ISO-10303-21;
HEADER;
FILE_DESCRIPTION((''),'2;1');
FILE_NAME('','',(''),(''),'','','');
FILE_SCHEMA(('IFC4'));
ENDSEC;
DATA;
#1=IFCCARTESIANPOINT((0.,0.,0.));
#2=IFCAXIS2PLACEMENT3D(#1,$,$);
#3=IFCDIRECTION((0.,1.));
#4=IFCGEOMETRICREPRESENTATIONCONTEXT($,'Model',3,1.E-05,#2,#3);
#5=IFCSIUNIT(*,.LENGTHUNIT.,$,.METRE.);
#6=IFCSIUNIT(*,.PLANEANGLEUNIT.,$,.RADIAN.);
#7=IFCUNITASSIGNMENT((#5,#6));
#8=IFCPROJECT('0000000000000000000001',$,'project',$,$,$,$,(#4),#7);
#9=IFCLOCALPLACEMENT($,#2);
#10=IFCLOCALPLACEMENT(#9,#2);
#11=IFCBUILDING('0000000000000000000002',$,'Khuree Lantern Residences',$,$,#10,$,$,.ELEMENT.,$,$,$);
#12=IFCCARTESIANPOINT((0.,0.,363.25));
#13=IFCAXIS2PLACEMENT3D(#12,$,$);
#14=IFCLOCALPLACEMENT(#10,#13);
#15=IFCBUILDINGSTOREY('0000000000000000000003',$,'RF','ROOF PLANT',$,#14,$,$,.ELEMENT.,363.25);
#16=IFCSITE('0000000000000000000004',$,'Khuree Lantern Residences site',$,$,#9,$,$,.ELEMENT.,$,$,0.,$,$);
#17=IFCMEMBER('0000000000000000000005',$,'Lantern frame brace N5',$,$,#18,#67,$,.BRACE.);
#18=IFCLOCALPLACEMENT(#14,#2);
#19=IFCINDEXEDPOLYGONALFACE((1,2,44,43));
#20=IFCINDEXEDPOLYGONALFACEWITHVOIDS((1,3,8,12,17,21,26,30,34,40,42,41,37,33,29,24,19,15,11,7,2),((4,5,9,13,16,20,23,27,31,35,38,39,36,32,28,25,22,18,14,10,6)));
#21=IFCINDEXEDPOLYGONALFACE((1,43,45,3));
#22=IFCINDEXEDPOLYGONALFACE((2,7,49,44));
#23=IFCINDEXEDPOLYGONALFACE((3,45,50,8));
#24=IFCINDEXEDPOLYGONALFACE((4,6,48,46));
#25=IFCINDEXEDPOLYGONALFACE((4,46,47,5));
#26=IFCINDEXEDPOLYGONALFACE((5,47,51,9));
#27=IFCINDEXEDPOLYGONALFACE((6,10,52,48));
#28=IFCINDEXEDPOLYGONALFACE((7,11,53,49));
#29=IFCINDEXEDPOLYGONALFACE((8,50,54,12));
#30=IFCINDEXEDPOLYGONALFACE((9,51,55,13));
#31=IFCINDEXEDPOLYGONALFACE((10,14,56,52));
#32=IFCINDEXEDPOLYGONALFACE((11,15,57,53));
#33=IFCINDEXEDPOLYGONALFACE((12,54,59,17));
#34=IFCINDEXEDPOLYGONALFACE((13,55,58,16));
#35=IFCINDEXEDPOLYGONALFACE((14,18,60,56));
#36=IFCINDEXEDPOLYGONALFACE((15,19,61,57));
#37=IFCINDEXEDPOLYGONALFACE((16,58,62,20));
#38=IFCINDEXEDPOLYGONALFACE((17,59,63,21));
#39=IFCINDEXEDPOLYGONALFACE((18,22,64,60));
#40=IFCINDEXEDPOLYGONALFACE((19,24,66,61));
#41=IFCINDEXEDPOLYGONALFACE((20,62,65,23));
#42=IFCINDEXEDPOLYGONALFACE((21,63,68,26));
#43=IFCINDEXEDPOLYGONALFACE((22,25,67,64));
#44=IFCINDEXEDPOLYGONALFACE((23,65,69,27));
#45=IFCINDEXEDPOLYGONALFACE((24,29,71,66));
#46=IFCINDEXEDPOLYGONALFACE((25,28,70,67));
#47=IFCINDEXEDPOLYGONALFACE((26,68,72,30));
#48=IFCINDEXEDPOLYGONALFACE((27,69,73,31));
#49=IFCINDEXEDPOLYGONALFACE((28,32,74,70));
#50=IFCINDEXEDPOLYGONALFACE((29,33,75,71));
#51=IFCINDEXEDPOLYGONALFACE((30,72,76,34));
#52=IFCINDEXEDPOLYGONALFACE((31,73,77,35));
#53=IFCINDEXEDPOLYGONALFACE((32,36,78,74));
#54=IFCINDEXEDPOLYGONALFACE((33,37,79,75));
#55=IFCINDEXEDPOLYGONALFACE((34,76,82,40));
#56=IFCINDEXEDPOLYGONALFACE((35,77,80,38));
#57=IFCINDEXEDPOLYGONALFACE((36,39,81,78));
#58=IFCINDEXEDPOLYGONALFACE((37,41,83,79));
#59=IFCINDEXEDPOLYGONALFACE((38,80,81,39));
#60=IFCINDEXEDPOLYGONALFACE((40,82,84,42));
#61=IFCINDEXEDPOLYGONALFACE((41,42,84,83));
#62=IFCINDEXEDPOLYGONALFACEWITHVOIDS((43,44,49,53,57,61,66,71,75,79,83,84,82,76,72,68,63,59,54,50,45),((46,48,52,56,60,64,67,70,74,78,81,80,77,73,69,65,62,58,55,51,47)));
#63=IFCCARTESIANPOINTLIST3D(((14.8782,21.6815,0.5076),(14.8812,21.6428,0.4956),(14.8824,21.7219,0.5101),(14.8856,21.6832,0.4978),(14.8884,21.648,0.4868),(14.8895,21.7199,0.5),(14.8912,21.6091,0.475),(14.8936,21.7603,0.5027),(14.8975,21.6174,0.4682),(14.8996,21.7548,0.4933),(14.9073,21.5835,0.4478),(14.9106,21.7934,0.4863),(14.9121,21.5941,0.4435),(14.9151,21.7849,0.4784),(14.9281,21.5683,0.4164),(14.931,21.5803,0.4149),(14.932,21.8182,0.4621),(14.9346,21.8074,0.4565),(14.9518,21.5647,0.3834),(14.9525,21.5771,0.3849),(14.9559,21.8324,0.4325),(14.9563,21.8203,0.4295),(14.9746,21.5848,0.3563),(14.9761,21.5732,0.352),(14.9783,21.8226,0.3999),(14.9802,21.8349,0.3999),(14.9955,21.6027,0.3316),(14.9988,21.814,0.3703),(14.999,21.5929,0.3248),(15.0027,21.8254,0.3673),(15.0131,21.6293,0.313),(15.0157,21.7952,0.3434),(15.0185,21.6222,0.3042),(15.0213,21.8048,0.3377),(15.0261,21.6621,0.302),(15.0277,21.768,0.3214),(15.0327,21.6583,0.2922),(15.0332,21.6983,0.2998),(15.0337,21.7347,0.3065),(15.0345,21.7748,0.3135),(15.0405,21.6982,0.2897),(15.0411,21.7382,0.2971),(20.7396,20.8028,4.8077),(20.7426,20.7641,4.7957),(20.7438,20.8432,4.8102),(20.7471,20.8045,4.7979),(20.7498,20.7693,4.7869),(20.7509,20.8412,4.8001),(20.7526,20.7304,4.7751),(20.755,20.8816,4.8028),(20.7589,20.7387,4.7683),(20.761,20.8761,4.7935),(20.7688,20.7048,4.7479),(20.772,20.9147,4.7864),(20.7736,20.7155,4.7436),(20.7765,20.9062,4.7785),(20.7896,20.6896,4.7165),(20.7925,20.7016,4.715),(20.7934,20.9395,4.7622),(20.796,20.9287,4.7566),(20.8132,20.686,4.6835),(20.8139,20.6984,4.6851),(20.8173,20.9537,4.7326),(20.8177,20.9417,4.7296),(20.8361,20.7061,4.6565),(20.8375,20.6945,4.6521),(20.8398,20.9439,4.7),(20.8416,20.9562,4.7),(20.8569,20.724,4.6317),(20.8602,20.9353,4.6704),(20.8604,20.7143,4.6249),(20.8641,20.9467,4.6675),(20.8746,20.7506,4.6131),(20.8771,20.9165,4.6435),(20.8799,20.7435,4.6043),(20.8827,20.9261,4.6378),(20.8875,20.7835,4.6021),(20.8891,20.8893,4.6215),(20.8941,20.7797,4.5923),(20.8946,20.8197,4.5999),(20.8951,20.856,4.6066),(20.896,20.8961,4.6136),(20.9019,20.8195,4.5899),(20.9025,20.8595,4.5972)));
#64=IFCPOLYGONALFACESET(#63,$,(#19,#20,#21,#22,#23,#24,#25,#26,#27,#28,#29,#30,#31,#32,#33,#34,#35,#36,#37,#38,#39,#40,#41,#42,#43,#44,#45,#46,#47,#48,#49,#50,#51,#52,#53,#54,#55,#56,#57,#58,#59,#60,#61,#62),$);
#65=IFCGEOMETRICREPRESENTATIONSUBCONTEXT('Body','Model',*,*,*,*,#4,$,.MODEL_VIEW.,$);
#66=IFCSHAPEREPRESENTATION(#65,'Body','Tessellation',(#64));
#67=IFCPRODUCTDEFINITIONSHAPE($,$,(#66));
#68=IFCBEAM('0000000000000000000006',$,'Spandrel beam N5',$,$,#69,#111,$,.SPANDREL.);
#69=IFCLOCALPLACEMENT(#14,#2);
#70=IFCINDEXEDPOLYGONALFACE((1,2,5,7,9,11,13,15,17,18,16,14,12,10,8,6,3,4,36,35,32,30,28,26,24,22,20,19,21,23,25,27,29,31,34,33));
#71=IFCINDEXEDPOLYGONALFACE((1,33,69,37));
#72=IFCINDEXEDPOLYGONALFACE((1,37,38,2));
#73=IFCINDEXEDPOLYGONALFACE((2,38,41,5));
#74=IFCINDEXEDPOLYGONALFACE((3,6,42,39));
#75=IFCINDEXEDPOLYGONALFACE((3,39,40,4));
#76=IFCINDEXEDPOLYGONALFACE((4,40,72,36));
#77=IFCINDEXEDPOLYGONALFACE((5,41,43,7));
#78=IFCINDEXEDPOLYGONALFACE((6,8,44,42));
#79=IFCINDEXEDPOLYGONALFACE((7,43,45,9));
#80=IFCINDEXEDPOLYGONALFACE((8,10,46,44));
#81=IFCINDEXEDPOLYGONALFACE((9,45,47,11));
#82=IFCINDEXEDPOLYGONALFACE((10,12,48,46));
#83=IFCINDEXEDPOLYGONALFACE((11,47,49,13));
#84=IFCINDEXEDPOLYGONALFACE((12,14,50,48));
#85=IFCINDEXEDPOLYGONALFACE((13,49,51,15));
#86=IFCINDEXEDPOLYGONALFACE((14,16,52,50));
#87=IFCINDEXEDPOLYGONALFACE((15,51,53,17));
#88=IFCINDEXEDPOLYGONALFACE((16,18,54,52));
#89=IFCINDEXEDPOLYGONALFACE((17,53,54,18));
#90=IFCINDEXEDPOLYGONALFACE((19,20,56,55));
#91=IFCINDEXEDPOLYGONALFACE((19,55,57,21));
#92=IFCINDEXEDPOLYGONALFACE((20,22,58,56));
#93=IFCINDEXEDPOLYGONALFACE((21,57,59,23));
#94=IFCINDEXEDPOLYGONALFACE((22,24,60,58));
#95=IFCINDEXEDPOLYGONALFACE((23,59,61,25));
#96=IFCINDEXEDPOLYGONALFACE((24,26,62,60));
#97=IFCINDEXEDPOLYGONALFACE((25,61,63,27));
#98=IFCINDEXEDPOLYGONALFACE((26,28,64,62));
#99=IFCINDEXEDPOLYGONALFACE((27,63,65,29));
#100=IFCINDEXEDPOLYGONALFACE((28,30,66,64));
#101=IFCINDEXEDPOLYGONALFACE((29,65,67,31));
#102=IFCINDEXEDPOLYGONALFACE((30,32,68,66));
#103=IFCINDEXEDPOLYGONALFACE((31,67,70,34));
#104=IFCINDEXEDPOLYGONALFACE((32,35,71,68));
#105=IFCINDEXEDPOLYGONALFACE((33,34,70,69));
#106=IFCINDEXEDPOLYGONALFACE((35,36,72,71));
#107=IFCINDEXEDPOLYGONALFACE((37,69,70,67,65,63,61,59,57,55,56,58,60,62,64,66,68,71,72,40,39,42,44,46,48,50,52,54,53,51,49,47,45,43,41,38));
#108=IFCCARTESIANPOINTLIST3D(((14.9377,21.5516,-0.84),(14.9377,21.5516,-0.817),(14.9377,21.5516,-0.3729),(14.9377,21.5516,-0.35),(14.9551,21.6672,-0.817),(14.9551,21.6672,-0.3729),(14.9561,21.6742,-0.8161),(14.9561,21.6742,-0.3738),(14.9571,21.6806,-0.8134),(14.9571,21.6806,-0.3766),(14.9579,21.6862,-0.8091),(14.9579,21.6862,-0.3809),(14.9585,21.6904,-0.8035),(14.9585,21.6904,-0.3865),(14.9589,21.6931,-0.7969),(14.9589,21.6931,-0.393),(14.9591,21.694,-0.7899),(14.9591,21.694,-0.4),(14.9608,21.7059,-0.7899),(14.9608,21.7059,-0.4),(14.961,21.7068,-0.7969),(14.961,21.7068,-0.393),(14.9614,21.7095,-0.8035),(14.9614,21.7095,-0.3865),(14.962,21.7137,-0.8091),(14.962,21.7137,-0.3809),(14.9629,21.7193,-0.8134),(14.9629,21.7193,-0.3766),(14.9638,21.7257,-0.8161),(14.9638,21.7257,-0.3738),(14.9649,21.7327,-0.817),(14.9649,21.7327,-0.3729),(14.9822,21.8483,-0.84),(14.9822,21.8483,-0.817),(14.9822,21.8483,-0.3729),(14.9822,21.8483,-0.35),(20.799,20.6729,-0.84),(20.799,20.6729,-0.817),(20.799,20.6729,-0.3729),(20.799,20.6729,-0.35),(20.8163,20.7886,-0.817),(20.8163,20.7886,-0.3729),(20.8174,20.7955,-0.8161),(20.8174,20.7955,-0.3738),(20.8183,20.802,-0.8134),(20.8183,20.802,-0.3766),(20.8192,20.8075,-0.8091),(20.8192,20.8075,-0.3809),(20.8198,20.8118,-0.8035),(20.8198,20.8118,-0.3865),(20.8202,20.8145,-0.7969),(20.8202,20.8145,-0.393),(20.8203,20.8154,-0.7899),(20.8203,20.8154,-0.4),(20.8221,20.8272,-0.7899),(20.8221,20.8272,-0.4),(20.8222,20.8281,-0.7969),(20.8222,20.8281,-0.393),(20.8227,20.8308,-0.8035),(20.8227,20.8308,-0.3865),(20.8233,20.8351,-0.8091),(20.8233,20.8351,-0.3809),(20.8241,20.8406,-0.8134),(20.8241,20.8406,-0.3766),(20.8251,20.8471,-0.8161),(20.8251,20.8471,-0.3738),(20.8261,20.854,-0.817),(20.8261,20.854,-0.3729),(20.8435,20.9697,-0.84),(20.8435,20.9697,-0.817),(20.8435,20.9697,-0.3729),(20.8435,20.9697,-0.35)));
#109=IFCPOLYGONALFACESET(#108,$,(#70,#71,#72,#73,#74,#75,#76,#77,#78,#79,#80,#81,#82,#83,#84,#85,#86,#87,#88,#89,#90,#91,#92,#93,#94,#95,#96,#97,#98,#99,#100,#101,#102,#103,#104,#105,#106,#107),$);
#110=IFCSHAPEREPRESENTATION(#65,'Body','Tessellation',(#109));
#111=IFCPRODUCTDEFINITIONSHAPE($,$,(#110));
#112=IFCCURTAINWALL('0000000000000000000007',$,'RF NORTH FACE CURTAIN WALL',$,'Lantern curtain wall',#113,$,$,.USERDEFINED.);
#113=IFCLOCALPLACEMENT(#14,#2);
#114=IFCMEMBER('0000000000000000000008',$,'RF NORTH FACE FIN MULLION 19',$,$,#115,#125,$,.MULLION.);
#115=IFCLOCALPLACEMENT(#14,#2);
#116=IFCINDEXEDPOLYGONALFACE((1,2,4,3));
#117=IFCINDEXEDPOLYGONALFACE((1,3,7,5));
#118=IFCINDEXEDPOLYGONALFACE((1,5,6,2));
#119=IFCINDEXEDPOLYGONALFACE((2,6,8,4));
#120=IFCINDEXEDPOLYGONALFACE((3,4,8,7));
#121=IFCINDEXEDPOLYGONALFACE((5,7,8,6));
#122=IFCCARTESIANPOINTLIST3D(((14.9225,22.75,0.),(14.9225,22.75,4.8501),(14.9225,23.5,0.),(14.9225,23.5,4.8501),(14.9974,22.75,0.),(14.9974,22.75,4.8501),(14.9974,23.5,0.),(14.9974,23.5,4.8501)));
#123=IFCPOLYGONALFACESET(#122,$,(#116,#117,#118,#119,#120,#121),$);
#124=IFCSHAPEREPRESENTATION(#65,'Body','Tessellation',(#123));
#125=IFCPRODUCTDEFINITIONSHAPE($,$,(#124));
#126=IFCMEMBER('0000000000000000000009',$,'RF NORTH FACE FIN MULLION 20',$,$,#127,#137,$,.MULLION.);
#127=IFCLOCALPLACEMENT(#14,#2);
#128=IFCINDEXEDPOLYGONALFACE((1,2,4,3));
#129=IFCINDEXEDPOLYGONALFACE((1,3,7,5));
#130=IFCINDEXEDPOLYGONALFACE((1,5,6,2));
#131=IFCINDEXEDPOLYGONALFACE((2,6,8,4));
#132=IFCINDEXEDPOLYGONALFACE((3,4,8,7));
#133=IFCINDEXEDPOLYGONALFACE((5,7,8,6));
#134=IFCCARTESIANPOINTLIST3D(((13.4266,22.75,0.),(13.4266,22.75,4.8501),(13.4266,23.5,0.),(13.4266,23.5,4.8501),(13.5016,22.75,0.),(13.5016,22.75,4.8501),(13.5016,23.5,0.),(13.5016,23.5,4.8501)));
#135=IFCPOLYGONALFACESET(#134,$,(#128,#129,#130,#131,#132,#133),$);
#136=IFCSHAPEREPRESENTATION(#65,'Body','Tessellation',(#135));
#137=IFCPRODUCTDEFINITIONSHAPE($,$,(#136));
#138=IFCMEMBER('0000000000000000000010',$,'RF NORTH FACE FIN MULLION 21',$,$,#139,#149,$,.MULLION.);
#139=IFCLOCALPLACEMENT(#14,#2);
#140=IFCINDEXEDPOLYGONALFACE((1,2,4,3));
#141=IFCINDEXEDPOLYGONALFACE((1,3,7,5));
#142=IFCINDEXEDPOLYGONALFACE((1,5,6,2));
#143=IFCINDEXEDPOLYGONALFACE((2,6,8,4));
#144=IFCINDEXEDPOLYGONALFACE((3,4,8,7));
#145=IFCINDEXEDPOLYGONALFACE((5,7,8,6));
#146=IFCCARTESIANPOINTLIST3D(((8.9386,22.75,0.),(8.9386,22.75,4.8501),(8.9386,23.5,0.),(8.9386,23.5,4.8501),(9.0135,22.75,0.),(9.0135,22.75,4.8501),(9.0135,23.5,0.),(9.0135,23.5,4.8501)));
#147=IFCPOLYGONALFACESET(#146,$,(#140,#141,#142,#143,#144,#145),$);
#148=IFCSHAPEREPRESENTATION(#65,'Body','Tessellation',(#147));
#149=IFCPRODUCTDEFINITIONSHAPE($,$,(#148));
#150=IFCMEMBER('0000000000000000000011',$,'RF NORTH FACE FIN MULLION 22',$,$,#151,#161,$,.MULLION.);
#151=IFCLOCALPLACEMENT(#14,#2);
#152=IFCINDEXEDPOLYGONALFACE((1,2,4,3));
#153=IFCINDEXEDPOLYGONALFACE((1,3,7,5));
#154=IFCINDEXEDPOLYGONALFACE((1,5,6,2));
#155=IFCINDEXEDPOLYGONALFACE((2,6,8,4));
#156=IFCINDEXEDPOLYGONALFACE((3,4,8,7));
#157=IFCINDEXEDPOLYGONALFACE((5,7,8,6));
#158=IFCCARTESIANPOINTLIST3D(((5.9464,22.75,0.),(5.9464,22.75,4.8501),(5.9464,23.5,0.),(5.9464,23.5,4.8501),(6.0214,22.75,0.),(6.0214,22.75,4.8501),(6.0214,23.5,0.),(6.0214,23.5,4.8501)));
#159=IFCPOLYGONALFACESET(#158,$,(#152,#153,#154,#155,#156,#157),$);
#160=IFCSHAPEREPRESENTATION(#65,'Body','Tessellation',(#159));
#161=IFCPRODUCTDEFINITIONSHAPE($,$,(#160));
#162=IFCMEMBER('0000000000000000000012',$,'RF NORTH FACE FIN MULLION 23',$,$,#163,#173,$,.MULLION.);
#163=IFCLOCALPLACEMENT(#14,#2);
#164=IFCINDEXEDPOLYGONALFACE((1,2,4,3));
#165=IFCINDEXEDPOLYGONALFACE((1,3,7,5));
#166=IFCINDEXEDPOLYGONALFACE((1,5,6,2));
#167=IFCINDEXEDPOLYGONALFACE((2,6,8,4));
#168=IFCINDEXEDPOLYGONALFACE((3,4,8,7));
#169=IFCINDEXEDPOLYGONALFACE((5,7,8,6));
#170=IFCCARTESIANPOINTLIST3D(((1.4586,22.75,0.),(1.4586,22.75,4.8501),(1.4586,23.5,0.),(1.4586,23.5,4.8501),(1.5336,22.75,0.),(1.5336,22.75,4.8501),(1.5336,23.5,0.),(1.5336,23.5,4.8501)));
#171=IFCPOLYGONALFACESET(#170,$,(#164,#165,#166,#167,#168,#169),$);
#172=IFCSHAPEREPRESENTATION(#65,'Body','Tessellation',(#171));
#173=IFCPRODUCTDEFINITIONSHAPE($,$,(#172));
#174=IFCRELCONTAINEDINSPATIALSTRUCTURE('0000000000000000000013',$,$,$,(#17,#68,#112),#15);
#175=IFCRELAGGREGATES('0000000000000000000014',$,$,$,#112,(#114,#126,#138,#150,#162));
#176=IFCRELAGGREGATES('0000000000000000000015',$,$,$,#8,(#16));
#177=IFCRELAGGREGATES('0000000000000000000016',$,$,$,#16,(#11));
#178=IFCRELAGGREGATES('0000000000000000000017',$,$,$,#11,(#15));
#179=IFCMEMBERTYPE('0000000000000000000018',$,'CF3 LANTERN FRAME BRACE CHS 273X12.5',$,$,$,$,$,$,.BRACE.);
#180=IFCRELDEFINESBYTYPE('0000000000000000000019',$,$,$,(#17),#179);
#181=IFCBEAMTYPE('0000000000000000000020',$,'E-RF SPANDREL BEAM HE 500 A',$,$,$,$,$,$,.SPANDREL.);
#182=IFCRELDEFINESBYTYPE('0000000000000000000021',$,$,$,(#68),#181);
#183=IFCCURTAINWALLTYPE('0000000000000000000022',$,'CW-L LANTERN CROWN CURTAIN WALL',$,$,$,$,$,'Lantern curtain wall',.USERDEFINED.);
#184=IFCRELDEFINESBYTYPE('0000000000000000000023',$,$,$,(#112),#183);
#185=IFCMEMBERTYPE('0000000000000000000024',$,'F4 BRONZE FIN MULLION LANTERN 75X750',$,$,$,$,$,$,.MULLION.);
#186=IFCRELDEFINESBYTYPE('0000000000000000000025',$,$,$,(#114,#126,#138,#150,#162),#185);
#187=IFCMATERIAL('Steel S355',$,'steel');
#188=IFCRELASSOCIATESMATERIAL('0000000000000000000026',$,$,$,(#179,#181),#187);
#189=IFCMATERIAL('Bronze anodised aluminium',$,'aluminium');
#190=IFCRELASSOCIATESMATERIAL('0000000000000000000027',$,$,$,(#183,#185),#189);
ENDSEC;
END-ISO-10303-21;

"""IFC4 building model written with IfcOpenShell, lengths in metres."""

from ifc_helpers import new_model, si_unit, direction, frame, origin, origin_2d, place, context, subcontext, project, spatial, rectangle, hollow_circle, i_section, extrude, material, material_profile, profile_set, type_object, element, aggregate, save


model = new_model("IFC4")

# Units and contexts
model_context = context("Model", 3, precision=1e-05, world=origin(), true_north=direction((0.0, 1.0)))
body_context = subcontext(model_context, "Body", "Model", "MODEL_VIEW")
ifc_project = project(units=[si_unit("LENGTHUNIT", "METRE"), si_unit("PLANEANGLEUNIT", "RADIAN")], contexts=[model_context])

# Site, building, storey
site_placement = place(None, origin())
site = spatial("IfcSite", under=ifc_project, at=site_placement, Name="Khuree Lantern Residences site", CompositionType="ELEMENT", RefElevation=0.0)
building_placement = place(site_placement, origin())
building = spatial("IfcBuilding", under=site, at=building_placement, Name="Khuree Lantern Residences", CompositionType="ELEMENT")
storey_placement = place(building_placement, frame((0.0, 0.0, 363.25)))
storey = spatial("IfcBuildingStorey", under=building, at=storey_placement, Name="RF", Description="ROOF PLANT", CompositionType="ELEMENT", Elevation=363.25)

# Shared definitions
ifc_material_1 = material(Name="Steel S355", Category="steel")

# Member
ifc_material_profile_1 = material_profile(ifc_material_1, hollow_circle(Radius=0.1365, WallThickness=0.0125, at=origin_2d()), Name="CHS 273X12.5")
ifc_profile_set_1 = profile_set([ifc_material_profile_1], Name="Steel S355")
member_type_1 = type_object("IfcMemberType", Name="CF3 LANTERN FRAME BRACE CHS 273X12.5", PredefinedType="BRACE", material=ifc_profile_set_1)
member_1_placement = place(storey_placement, frame((14.96, 21.7, 0.3999), z_axis=(0.800465, -0.119996, 0.587245), x_axis=(0.148252, 0.98895, 0.0)))
element("IfcMember", 1, at=member_1_placement, inside=storey, type_object=member_type_1, Name="Lantern frame brace N5", PredefinedType="BRACE", context=body_context, shape_type="SweptSolid", body=[
    extrude(hollow_circle(Radius=0.1365, WallThickness=0.0125, at=origin_2d()), origin(), (0.0, 0.0, 1.0), 7.3225),
])

# Beam
ifc_material_profile_2 = material_profile(ifc_material_1, i_section(OverallWidth=0.3, OverallDepth=0.49, WebThickness=0.012, FlangeThickness=0.0229, FilletRadius=0.0271, at=origin_2d()), Name="HE 500 A")
ifc_profile_set_2 = profile_set([ifc_material_profile_2], Name="Steel S355")
beam_type_1 = type_object("IfcBeamType", Name="E-RF SPANDREL BEAM HE 500 A", PredefinedType="SPANDREL", material=ifc_profile_set_2)
beam_1_placement = place(storey_placement, frame((14.96, 21.7, -0.595), z_axis=(0.98895, -0.148252, 0.0), x_axis=(0.148252, 0.98895, 0.0)))
element("IfcBeam", 2, at=beam_1_placement, inside=storey, type_object=beam_type_1, Name="Spandrel beam N5", PredefinedType="SPANDREL", context=body_context, shape_type="SweptSolid", body=[
    extrude(i_section(OverallWidth=0.3, OverallDepth=0.49, WebThickness=0.012, FlangeThickness=0.0229, FilletRadius=0.0271, at=origin_2d()), origin(), (0.0, 0.0, 1.0), 5.9268),
])

# Curtain wall, members
ifc_material_2 = material(Name="Bronze anodised aluminium", Category="aluminium")
curtain_wall_type = type_object("IfcCurtainWallType", Name="CW-L LANTERN CROWN CURTAIN WALL", ElementType="Lantern curtain wall", PredefinedType="USERDEFINED", material=ifc_material_2)
curtain_wall_placement = place(storey_placement, origin())
curtain_wall = element("IfcCurtainWall", 3, at=curtain_wall_placement, inside=storey, type_object=curtain_wall_type, Name="RF NORTH FACE CURTAIN WALL", ObjectType="Lantern curtain wall", PredefinedType="USERDEFINED")
ifc_material_profile_3 = material_profile(ifc_material_2, rectangle(XDim=0.075, YDim=0.75, at=origin_2d()), Name="F4 75X750")
ifc_profile_set_3 = profile_set([ifc_material_profile_3], Name="Bronze anodised aluminium")
member_type_2 = type_object("IfcMemberType", Name="F4 BRONZE FIN MULLION LANTERN 75X750", PredefinedType="MULLION", material=ifc_profile_set_3)
member_2_placement = place(storey_placement, frame((14.96, 23.125, 0.0), z_axis=(0.0, 0.0, 1.0), x_axis=(-1.0, 0.0, 0.0)))
member_2 = element("IfcMember", 4, at=member_2_placement, type_object=member_type_2, Name="RF NORTH FACE FIN MULLION 19", PredefinedType="MULLION", context=body_context, shape_type="SweptSolid", body=[
    extrude(rectangle(XDim=0.075, YDim=0.75, at=origin_2d()), origin(), (0.0, 0.0, 1.0), 4.8501),
])
member_3_placement = place(storey_placement, frame((13.4641, 23.125, 0.0), z_axis=(0.0, 0.0, 1.0), x_axis=(-1.0, 0.0, 0.0)))
member_3 = element("IfcMember", 5, at=member_3_placement, type_object=member_type_2, Name="RF NORTH FACE FIN MULLION 20", PredefinedType="MULLION", context=body_context, shape_type="SweptSolid", body=[
    extrude(rectangle(XDim=0.075, YDim=0.75, at=origin_2d()), origin(), (0.0, 0.0, 1.0), 4.8501),
])
member_4_placement = place(storey_placement, frame((8.9761, 23.125, 0.0), z_axis=(0.0, 0.0, 1.0), x_axis=(-1.0, 0.0, 0.0)))
member_4 = element("IfcMember", 6, at=member_4_placement, type_object=member_type_2, Name="RF NORTH FACE FIN MULLION 21", PredefinedType="MULLION", context=body_context, shape_type="SweptSolid", body=[
    extrude(rectangle(XDim=0.075, YDim=0.75, at=origin_2d()), origin(), (0.0, 0.0, 1.0), 4.8501),
])
member_5_placement = place(storey_placement, frame((5.9839, 23.125, 0.0), z_axis=(0.0, 0.0, 1.0), x_axis=(-1.0, 0.0, 0.0)))
member_5 = element("IfcMember", 7, at=member_5_placement, type_object=member_type_2, Name="RF NORTH FACE FIN MULLION 22", PredefinedType="MULLION", context=body_context, shape_type="SweptSolid", body=[
    extrude(rectangle(XDim=0.075, YDim=0.75, at=origin_2d()), origin(), (0.0, 0.0, 1.0), 4.8501),
])
member_6_placement = place(storey_placement, frame((1.4961, 23.125, 0.0), z_axis=(0.0, 0.0, 1.0), x_axis=(-1.0, 0.0, 0.0)))
member_6 = element("IfcMember", 8, at=member_6_placement, type_object=member_type_2, Name="RF NORTH FACE FIN MULLION 23", PredefinedType="MULLION", context=body_context, shape_type="SweptSolid", body=[
    extrude(rectangle(XDim=0.075, YDim=0.75, at=origin_2d()), origin(), (0.0, 0.0, 1.0), 4.8501),
])

aggregate(curtain_wall, [member_2, member_3, member_4, member_5, member_6])

save(model, "model.ifc")
